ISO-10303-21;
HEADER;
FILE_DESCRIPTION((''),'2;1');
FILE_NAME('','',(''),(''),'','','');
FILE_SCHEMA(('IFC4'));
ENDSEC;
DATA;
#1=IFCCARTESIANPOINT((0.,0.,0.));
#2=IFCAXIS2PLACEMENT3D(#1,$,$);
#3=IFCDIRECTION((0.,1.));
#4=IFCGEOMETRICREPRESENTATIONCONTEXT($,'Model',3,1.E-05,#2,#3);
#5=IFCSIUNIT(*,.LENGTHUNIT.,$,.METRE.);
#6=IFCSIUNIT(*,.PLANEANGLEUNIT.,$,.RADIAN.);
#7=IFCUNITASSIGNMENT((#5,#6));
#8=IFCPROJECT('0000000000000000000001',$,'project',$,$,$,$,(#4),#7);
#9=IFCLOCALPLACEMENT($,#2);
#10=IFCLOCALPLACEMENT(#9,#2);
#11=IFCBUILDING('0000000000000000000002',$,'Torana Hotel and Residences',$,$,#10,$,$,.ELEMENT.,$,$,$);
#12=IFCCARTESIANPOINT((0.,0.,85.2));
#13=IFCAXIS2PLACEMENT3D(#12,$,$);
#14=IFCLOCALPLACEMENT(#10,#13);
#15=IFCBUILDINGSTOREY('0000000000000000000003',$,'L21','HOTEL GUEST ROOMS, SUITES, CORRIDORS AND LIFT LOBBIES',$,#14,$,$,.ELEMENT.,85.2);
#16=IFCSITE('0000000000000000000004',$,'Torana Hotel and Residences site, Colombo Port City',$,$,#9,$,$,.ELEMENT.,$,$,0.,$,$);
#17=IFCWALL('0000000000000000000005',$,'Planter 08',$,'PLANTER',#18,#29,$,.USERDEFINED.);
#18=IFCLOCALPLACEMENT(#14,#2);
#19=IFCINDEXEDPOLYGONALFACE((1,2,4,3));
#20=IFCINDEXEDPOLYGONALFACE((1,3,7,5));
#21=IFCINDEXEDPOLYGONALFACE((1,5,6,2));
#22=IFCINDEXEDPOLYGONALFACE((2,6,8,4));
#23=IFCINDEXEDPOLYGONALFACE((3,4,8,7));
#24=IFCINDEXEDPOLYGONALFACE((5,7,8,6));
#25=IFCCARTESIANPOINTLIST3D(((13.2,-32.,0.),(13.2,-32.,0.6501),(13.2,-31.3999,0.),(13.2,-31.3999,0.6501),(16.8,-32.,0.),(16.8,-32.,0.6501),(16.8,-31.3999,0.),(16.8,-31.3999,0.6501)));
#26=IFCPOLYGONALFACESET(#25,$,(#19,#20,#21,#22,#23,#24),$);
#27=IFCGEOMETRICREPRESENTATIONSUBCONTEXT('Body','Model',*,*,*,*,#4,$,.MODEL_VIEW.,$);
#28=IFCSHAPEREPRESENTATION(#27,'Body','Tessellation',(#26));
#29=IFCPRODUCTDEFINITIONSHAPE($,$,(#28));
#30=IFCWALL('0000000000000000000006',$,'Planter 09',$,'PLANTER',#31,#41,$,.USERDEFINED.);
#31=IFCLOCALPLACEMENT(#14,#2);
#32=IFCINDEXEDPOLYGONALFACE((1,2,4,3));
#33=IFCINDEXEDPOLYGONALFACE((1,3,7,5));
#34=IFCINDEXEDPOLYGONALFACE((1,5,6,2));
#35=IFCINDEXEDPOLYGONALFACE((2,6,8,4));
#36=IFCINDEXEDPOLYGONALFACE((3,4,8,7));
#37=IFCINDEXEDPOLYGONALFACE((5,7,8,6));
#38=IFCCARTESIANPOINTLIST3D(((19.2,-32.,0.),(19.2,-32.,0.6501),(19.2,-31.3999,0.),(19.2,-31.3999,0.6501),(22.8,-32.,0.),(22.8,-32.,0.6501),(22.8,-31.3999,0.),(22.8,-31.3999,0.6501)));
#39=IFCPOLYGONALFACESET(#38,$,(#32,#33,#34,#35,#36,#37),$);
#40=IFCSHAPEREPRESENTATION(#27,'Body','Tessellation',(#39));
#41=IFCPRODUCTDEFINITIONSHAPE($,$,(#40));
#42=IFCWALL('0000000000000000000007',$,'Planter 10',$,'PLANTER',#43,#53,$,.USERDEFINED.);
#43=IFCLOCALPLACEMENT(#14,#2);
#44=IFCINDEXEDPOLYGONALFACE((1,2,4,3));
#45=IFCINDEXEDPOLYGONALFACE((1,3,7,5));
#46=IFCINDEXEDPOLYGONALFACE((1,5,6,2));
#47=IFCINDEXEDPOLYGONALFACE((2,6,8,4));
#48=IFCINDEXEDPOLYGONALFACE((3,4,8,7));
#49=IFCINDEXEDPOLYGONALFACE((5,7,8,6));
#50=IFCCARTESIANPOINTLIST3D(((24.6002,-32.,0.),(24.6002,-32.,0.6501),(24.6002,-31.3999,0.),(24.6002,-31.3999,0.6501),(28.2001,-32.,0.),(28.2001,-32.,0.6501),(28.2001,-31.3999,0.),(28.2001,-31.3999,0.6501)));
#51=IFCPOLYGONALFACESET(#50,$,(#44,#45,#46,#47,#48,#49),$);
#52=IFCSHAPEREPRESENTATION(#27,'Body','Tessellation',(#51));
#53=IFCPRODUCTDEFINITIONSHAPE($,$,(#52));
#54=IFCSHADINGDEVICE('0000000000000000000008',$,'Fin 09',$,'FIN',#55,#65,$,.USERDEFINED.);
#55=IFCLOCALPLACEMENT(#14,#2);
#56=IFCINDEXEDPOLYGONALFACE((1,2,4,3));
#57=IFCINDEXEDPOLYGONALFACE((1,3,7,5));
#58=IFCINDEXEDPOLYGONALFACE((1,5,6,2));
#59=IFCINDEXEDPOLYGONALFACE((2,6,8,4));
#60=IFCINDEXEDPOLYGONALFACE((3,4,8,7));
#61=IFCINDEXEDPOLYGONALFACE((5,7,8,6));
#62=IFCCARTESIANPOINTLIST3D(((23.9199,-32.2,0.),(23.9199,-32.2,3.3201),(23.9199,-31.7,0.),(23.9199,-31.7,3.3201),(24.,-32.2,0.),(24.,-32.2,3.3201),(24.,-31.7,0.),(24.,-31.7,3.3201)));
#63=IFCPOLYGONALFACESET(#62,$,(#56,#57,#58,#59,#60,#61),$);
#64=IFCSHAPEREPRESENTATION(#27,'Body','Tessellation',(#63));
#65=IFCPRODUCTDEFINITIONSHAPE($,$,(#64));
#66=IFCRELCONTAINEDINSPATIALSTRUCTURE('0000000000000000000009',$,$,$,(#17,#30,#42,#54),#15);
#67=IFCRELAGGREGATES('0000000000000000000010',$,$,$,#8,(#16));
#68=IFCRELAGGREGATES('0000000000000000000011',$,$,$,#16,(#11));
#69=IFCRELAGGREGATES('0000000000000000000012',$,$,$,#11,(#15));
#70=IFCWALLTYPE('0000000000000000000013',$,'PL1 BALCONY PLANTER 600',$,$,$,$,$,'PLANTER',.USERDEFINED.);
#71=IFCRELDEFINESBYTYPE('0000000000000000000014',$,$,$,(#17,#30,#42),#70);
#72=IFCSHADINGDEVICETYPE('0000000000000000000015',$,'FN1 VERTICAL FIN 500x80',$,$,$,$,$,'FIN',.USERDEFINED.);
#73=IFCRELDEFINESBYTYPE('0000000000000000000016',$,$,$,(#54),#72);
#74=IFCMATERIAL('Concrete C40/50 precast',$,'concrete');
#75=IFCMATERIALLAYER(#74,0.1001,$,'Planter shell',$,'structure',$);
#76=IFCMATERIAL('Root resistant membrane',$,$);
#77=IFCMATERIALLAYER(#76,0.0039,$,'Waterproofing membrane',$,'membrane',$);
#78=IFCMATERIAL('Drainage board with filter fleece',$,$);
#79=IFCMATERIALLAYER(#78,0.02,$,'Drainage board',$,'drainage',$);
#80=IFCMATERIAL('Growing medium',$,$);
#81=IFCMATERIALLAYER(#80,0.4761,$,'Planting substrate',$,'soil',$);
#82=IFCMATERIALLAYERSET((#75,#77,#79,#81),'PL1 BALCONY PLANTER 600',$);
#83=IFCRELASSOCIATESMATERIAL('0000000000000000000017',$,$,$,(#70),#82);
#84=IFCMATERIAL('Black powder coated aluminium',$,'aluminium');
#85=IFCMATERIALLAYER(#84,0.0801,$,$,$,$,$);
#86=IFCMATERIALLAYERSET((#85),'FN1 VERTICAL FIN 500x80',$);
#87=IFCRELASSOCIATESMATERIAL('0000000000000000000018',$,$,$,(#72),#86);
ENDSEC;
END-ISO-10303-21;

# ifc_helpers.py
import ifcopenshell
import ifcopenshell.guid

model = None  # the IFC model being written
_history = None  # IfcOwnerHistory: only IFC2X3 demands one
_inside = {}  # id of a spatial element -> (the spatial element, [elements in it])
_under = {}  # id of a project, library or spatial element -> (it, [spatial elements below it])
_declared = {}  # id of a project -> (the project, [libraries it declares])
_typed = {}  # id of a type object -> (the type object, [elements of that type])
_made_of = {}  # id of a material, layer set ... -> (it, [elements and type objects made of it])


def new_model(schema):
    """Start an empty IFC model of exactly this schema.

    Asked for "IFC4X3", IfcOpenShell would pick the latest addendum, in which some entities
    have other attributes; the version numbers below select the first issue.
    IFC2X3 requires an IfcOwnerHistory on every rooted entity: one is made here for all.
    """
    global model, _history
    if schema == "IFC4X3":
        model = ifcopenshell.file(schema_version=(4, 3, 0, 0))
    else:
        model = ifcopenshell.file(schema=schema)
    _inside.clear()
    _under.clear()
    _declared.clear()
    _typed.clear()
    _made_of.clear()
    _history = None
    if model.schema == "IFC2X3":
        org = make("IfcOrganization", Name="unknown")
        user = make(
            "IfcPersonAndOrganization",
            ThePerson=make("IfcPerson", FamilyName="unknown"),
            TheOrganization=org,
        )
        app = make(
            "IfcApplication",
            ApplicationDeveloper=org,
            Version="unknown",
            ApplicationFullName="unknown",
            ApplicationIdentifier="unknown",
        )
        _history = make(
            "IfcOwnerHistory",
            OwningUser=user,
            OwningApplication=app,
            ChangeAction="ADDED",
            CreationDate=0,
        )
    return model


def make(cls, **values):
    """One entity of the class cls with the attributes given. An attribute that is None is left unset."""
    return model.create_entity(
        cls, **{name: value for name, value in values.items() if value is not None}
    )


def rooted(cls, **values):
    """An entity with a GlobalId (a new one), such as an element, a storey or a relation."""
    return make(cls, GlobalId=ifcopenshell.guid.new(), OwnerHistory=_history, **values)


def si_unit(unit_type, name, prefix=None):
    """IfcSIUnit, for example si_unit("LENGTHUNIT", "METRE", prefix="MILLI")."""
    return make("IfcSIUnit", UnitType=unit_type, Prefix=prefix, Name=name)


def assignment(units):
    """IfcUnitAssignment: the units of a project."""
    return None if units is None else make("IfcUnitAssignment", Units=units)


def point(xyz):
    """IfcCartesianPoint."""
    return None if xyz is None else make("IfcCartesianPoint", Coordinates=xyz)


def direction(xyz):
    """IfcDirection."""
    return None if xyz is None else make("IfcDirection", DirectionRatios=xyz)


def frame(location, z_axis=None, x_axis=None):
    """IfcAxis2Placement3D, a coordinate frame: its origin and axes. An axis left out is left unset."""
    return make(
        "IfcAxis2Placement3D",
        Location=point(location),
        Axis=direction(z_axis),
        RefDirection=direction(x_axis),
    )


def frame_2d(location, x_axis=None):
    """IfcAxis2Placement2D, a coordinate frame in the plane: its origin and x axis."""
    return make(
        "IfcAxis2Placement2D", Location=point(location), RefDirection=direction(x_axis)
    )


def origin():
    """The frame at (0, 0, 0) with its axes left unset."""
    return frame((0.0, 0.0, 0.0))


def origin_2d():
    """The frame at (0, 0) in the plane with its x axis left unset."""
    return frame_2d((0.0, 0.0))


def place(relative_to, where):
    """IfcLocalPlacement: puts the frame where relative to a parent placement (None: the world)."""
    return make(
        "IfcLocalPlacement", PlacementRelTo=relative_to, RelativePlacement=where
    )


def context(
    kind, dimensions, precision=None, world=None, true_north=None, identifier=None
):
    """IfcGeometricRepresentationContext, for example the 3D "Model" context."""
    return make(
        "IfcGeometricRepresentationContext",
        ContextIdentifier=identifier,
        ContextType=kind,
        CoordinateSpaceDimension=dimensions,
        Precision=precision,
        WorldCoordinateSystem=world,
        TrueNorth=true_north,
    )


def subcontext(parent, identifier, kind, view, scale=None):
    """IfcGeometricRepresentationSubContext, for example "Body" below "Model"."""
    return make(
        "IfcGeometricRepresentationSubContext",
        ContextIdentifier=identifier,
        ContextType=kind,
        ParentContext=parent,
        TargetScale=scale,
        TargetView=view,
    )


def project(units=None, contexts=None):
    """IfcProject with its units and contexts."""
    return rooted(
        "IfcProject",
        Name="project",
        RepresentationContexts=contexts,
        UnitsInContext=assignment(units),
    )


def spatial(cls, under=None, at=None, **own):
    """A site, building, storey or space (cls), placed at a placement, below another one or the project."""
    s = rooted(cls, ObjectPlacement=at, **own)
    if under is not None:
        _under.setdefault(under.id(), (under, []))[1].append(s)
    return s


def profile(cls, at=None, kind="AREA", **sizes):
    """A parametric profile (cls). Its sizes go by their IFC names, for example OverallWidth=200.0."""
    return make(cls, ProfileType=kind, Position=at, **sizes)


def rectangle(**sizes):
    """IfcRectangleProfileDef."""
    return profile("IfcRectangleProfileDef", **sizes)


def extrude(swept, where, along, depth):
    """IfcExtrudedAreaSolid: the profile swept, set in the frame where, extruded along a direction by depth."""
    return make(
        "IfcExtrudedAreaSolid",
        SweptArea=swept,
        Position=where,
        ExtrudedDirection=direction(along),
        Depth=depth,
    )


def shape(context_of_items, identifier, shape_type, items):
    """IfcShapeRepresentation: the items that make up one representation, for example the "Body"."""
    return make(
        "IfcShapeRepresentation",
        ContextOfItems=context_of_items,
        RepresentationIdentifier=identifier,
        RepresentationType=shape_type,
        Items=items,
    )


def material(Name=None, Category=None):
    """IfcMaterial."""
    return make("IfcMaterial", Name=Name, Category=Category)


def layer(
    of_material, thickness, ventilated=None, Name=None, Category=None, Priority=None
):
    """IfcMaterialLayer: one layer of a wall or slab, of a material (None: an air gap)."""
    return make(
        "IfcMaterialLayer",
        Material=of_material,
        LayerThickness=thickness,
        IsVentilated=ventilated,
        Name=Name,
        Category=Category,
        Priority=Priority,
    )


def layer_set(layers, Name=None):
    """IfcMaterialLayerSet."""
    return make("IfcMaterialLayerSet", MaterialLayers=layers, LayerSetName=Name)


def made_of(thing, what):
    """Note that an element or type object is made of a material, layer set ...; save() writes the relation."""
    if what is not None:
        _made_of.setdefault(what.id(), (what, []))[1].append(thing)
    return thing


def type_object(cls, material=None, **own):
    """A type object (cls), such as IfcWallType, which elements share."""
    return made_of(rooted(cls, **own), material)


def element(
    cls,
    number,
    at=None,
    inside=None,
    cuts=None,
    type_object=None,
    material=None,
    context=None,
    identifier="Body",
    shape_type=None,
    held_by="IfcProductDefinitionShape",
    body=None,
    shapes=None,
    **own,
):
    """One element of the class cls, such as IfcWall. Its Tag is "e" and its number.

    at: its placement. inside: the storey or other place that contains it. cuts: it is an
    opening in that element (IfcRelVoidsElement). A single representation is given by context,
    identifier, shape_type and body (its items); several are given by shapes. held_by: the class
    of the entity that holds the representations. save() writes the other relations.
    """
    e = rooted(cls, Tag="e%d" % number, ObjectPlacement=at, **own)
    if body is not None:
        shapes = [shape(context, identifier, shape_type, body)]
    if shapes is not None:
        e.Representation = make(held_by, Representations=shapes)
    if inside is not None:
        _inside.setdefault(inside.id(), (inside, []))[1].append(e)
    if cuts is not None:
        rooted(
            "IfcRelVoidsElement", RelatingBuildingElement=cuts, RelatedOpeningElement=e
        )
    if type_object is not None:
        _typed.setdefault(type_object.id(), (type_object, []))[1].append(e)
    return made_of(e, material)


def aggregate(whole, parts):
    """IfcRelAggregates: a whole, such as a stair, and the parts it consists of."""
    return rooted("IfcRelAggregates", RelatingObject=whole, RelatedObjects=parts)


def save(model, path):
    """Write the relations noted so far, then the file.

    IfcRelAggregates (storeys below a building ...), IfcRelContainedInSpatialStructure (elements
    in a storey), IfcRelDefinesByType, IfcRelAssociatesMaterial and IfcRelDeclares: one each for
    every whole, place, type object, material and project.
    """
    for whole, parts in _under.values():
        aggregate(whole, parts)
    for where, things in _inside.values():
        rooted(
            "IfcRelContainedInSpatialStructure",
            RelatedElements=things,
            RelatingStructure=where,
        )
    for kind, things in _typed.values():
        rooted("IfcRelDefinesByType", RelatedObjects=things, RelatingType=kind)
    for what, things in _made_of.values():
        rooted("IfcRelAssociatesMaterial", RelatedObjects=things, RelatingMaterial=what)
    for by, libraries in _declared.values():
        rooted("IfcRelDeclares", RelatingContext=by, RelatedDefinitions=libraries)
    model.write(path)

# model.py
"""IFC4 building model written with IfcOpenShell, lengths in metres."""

from ifc_helpers import new_model, si_unit, direction, frame, frame_2d, origin, origin_2d, place, context, subcontext, project, spatial, rectangle, extrude, material, layer, layer_set, type_object, element, save


model = new_model("IFC4")

# Units and contexts
model_context = context("Model", 3, precision=1e-05, world=origin(), true_north=direction((0.0, 1.0)))
body_context = subcontext(model_context, "Body", "Model", "MODEL_VIEW")
ifc_project = project(units=[si_unit("LENGTHUNIT", "METRE"), si_unit("PLANEANGLEUNIT", "RADIAN")], contexts=[model_context])

# Site, building, storey
site_placement = place(None, origin())
site = spatial("IfcSite", under=ifc_project, at=site_placement, Name="Torana Hotel and Residences site, Colombo Port City", CompositionType="ELEMENT", RefElevation=0.0)
building_placement = place(site_placement, origin())
building = spatial("IfcBuilding", under=site, at=building_placement, Name="Torana Hotel and Residences", CompositionType="ELEMENT")
storey_placement = place(building_placement, frame((0.0, 0.0, 85.2)))
storey = spatial("IfcBuildingStorey", under=building, at=storey_placement, Name="L21", Description="HOTEL GUEST ROOMS, SUITES, CORRIDORS AND LIFT LOBBIES", CompositionType="ELEMENT", Elevation=85.2)

# Walls
ifc_material_1 = material(Name="Concrete C40/50 precast", Category="concrete")
ifc_layer_1 = layer(ifc_material_1, 0.1001, Name="Planter shell", Category="structure")
ifc_material_2 = material(Name="Root resistant membrane")
ifc_layer_2 = layer(ifc_material_2, 0.0039, Name="Waterproofing membrane", Category="membrane")
ifc_material_3 = material(Name="Drainage board with filter fleece")
ifc_layer_3 = layer(ifc_material_3, 0.02, Name="Drainage board", Category="drainage")
ifc_material_4 = material(Name="Growing medium")
ifc_layer_4 = layer(ifc_material_4, 0.4761, Name="Planting substrate", Category="soil")
ifc_layer_set_1 = layer_set([ifc_layer_1, ifc_layer_2, ifc_layer_3, ifc_layer_4], Name="PL1 BALCONY PLANTER 600")
wall_type_1 = type_object("IfcWallType", Name="PL1 BALCONY PLANTER 600", ElementType="PLANTER", PredefinedType="USERDEFINED", material=ifc_layer_set_1)
for number, where, z_axis, x_axis, name in (
    (1, (16.8, -31.7, 0.0), (0.0, 0.0, 1.0), (-1.0, 0.0, 0.0), "Planter 08"),
    (2, (22.8, -31.7, 0.0), (0.0, 0.0, 1.0), (-1.0, 0.0, 0.0), "Planter 09"),
):
    element("IfcWall", number, at=place(storey_placement, frame(where, z_axis=z_axis, x_axis=x_axis)), inside=storey, type_object=wall_type_1, Name=name, ObjectType="PLANTER", PredefinedType="USERDEFINED", context=body_context, shape_type="SweptSolid", body=[
        extrude(rectangle(XDim=3.6001, YDim=0.6001, at=frame_2d((1.8, 0.0))), origin(), (0.0, 0.0, 1.0), 0.6501),
    ])
wall_1_placement = place(storey_placement, frame((28.2, -31.7, 0.0), z_axis=(0.0, 0.0, 1.0), x_axis=(-1.0, 0.0, 0.0)))
element("IfcWall", 3, at=wall_1_placement, inside=storey, type_object=wall_type_1, Name="Planter 10", ObjectType="PLANTER", PredefinedType="USERDEFINED", context=body_context, shape_type="SweptSolid", body=[
    extrude(rectangle(XDim=3.5999, YDim=0.6001, at=frame_2d((1.7998, 0.0))), origin(), (0.0, 0.0, 1.0), 0.6501),
])

# Shading device
ifc_material_5 = material(Name="Black powder coated aluminium", Category="aluminium")
ifc_layer_5 = layer(ifc_material_5, 0.0801)
ifc_layer_set_2 = layer_set([ifc_layer_5], Name="FN1 VERTICAL FIN 500x80")
shading_device_type = type_object("IfcShadingDeviceType", Name="FN1 VERTICAL FIN 500x80", ElementType="FIN", PredefinedType="USERDEFINED", material=ifc_layer_set_2)
shading_device_placement = place(storey_placement, frame((23.96, -31.95, 0.0), z_axis=(0.0, 0.0, 1.0), x_axis=(-1.0, 0.0, 0.0)))
element("IfcShadingDevice", 4, at=shading_device_placement, inside=storey, type_object=shading_device_type, Name="Fin 09", ObjectType="FIN", PredefinedType="USERDEFINED", context=body_context, shape_type="SweptSolid", body=[
    extrude(rectangle(XDim=0.0801, YDim=0.5, at=origin_2d()), origin(), (0.0, 0.0, 1.0), 3.3201),
])

save(model, "model.ifc")
